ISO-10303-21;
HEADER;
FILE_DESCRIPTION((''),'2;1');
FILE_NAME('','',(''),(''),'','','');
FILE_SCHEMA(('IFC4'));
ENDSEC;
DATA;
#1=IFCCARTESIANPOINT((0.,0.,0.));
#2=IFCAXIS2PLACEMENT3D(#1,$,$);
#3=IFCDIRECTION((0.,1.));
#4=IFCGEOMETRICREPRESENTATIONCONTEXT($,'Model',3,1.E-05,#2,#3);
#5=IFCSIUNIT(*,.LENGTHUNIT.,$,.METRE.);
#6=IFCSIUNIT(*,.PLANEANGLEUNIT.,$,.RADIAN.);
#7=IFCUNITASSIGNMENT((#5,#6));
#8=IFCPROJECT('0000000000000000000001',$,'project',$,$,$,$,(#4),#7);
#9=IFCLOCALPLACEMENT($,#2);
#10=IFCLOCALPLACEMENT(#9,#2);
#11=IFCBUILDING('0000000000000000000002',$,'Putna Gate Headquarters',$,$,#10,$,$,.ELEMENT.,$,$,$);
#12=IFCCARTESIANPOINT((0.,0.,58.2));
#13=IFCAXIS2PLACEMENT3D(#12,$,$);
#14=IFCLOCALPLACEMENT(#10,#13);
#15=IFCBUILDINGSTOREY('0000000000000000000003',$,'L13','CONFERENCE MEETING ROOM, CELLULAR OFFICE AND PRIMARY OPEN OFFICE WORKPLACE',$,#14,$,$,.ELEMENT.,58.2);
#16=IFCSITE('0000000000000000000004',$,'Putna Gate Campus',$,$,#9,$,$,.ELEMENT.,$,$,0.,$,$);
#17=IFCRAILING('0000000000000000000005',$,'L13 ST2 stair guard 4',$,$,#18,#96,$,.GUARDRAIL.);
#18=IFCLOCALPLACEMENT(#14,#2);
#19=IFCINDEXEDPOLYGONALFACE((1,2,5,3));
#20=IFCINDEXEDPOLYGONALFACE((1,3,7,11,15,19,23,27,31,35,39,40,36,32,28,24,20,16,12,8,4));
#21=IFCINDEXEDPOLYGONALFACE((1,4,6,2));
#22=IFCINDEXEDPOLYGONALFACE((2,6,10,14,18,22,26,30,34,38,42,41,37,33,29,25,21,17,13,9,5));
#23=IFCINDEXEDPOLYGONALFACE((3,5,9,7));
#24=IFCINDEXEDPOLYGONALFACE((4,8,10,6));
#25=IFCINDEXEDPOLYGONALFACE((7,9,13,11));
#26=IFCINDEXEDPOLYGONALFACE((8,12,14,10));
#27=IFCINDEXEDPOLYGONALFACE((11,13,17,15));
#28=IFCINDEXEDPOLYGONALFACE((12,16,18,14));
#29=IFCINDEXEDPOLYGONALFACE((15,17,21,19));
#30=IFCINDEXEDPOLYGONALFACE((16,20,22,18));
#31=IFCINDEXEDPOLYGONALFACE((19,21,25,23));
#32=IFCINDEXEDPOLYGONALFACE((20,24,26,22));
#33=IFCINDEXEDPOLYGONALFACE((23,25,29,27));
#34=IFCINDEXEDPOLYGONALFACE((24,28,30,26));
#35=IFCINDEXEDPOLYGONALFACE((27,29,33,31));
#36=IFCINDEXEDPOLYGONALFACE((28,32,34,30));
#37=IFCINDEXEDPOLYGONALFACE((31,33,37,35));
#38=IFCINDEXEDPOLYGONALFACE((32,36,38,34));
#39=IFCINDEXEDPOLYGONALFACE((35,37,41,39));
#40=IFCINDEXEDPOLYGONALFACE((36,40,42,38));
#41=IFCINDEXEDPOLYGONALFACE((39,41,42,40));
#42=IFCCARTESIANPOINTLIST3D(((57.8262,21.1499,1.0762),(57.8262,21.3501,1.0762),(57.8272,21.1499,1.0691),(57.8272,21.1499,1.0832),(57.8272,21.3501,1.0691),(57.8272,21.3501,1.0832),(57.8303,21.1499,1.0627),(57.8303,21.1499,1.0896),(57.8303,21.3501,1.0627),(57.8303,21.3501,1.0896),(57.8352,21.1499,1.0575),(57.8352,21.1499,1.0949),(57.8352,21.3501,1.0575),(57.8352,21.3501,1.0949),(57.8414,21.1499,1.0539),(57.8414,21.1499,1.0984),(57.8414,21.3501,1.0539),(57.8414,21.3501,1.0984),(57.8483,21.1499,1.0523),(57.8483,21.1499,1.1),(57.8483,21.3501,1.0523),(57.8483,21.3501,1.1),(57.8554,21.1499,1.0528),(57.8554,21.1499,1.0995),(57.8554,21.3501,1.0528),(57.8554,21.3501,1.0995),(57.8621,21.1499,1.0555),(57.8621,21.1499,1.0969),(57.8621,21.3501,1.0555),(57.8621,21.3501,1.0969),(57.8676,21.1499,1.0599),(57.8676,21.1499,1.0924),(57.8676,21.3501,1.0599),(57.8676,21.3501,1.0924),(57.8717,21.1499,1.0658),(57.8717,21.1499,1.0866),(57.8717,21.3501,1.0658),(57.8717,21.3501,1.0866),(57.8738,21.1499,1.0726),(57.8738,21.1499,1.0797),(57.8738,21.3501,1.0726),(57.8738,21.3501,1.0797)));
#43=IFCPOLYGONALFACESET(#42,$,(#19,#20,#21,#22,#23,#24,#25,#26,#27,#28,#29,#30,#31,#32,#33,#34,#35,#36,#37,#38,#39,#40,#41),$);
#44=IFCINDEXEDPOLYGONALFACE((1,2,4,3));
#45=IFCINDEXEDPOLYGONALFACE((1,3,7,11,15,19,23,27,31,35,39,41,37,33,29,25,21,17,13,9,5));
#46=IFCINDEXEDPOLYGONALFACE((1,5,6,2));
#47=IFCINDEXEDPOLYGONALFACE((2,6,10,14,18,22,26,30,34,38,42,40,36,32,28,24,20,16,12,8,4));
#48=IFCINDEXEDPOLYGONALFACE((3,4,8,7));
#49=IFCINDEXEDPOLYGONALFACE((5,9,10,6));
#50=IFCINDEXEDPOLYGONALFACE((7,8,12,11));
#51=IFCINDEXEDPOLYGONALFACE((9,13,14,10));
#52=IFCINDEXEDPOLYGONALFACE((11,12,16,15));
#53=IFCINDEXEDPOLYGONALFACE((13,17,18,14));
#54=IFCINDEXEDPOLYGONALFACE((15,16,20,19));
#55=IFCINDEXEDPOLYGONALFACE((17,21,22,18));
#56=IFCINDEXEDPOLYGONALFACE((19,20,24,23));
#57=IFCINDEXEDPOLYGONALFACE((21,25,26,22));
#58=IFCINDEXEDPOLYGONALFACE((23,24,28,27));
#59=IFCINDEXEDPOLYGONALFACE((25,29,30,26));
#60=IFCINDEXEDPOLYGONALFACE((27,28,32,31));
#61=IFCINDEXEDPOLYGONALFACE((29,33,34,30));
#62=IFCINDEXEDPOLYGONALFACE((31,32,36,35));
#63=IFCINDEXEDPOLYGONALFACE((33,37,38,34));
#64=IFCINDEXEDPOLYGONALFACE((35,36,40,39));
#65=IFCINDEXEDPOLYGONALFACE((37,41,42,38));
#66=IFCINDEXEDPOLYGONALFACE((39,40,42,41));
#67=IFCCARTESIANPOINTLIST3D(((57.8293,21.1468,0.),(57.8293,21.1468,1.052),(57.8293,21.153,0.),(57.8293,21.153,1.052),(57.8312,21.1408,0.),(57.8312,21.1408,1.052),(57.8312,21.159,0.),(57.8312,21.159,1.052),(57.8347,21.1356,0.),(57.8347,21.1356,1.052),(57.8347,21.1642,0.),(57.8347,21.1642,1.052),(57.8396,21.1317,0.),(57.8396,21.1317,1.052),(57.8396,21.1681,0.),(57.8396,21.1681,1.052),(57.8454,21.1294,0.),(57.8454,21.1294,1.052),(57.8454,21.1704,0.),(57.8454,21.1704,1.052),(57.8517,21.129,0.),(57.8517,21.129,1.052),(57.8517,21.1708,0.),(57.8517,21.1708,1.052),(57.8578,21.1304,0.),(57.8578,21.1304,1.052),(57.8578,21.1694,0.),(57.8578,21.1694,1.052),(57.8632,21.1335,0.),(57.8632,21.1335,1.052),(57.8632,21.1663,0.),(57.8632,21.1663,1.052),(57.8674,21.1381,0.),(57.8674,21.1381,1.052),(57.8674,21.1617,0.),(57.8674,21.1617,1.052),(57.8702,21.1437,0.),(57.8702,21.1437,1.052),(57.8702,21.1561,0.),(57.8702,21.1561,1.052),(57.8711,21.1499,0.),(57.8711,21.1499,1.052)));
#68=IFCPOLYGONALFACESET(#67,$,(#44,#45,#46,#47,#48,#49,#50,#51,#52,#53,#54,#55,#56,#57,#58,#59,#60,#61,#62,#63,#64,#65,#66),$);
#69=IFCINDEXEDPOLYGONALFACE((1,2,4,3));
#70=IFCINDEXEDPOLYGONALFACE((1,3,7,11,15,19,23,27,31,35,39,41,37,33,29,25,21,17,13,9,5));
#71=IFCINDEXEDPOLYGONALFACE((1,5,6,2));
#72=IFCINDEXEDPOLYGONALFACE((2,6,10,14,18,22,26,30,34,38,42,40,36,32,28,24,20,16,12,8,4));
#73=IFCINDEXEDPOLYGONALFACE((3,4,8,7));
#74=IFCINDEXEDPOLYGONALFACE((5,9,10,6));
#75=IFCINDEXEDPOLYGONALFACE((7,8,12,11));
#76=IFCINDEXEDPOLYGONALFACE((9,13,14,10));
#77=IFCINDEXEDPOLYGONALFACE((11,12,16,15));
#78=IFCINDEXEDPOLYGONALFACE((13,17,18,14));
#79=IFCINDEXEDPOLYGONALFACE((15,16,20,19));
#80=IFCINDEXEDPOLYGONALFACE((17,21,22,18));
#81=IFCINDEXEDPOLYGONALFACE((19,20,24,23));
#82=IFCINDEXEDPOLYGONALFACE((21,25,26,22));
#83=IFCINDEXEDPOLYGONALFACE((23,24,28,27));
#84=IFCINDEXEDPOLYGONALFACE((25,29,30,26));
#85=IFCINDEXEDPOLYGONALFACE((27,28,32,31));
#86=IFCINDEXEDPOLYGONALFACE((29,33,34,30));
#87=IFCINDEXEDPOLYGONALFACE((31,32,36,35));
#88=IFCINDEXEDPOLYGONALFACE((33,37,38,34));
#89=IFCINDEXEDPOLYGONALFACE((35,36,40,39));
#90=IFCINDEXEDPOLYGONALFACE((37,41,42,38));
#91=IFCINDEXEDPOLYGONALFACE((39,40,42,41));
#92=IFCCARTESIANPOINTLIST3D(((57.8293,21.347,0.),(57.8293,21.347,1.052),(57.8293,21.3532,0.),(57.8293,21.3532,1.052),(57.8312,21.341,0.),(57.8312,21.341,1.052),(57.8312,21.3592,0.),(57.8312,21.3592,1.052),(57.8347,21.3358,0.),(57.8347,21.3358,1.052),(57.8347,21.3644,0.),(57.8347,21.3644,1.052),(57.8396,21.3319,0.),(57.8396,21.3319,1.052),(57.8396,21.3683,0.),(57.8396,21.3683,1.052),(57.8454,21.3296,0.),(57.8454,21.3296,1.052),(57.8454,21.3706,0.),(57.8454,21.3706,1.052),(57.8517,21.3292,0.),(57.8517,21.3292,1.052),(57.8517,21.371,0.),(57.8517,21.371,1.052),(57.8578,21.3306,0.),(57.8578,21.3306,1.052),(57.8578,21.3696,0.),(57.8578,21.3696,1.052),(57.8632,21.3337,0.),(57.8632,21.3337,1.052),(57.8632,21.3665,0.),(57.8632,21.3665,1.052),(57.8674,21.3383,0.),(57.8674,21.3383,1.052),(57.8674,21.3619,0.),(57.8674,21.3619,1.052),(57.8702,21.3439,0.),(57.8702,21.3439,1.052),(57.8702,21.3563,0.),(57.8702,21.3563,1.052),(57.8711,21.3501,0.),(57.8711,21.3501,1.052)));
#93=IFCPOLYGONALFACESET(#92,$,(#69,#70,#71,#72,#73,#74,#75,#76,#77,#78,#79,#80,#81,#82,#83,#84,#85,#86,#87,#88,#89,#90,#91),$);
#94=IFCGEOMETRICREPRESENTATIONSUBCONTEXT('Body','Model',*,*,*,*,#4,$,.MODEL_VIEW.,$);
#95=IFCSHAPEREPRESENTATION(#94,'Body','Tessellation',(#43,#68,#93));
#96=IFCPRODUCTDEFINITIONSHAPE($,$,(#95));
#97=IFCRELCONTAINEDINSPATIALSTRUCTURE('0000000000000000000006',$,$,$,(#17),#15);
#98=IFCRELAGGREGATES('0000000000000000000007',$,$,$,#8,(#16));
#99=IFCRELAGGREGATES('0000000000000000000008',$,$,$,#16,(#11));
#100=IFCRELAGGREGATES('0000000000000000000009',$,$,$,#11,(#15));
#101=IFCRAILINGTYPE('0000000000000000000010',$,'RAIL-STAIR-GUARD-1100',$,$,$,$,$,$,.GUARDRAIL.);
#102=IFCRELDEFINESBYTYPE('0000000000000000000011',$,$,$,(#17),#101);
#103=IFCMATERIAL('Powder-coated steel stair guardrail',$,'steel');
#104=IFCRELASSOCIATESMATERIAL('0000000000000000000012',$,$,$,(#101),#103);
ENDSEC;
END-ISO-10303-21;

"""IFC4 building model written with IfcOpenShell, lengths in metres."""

from ifc_helpers import new_model, si_unit, direction, frame, origin, origin_2d, place, context, subcontext, project, spatial, circle, extrude, material, type_object, element, save


model = new_model("IFC4")

# Units and contexts
model_context = context("Model", 3, precision=1e-05, world=origin(), true_north=direction((0.0, 1.0)))
body_context = subcontext(model_context, "Body", "Model", "MODEL_VIEW")
ifc_project = project(units=[si_unit("LENGTHUNIT", "METRE"), si_unit("PLANEANGLEUNIT", "RADIAN")], contexts=[model_context])

# Site, building, storey
site_placement = place(None, origin())
site = spatial("IfcSite", under=ifc_project, at=site_placement, Name="Putna Gate Campus", CompositionType="ELEMENT", RefElevation=0.0)
building_placement = place(site_placement, origin())
building = spatial("IfcBuilding", under=site, at=building_placement, Name="Putna Gate Headquarters", CompositionType="ELEMENT")
storey_placement = place(building_placement, frame((0.0, 0.0, 58.2)))
storey = spatial("IfcBuildingStorey", under=building, at=storey_placement, Name="L13", Description="CONFERENCE MEETING ROOM, CELLULAR OFFICE AND PRIMARY OPEN OFFICE WORKPLACE", CompositionType="ELEMENT", Elevation=58.2)

# Railing
ifc_material_1 = material(Name="Powder-coated steel stair guardrail", Category="steel")
railing_type_1 = type_object("IfcRailingType", Name="RAIL-STAIR-GUARD-1100", PredefinedType="GUARDRAIL", material=ifc_material_1)
railing_1_placement = place(storey_placement, frame((57.8501, 21.1499, 0.0)))
element("IfcRailing", 1, at=railing_1_placement, inside=storey, type_object=railing_type_1, Name="L13 ST2 stair guard 4", PredefinedType="GUARDRAIL", context=body_context, shape_type="SweptSolid", body=[
    extrude(circle(Radius=0.0239, at=origin_2d()), frame((0.0, 0.0, 1.0762), z_axis=(0.0, 1.0, 0.0), x_axis=(-1.0, 0.0, 0.0)), (0.0, 0.0, 1.0), 0.2002),
    extrude(circle(Radius=0.021, at=origin_2d()), origin(), (0.0, 0.0, 1.0), 1.052),
    extrude(circle(Radius=0.021, at=origin_2d()), frame((0.0, 0.2002, 0.0)), (0.0, 0.0, 1.0), 1.052),
])

save(model, "model.ifc")
